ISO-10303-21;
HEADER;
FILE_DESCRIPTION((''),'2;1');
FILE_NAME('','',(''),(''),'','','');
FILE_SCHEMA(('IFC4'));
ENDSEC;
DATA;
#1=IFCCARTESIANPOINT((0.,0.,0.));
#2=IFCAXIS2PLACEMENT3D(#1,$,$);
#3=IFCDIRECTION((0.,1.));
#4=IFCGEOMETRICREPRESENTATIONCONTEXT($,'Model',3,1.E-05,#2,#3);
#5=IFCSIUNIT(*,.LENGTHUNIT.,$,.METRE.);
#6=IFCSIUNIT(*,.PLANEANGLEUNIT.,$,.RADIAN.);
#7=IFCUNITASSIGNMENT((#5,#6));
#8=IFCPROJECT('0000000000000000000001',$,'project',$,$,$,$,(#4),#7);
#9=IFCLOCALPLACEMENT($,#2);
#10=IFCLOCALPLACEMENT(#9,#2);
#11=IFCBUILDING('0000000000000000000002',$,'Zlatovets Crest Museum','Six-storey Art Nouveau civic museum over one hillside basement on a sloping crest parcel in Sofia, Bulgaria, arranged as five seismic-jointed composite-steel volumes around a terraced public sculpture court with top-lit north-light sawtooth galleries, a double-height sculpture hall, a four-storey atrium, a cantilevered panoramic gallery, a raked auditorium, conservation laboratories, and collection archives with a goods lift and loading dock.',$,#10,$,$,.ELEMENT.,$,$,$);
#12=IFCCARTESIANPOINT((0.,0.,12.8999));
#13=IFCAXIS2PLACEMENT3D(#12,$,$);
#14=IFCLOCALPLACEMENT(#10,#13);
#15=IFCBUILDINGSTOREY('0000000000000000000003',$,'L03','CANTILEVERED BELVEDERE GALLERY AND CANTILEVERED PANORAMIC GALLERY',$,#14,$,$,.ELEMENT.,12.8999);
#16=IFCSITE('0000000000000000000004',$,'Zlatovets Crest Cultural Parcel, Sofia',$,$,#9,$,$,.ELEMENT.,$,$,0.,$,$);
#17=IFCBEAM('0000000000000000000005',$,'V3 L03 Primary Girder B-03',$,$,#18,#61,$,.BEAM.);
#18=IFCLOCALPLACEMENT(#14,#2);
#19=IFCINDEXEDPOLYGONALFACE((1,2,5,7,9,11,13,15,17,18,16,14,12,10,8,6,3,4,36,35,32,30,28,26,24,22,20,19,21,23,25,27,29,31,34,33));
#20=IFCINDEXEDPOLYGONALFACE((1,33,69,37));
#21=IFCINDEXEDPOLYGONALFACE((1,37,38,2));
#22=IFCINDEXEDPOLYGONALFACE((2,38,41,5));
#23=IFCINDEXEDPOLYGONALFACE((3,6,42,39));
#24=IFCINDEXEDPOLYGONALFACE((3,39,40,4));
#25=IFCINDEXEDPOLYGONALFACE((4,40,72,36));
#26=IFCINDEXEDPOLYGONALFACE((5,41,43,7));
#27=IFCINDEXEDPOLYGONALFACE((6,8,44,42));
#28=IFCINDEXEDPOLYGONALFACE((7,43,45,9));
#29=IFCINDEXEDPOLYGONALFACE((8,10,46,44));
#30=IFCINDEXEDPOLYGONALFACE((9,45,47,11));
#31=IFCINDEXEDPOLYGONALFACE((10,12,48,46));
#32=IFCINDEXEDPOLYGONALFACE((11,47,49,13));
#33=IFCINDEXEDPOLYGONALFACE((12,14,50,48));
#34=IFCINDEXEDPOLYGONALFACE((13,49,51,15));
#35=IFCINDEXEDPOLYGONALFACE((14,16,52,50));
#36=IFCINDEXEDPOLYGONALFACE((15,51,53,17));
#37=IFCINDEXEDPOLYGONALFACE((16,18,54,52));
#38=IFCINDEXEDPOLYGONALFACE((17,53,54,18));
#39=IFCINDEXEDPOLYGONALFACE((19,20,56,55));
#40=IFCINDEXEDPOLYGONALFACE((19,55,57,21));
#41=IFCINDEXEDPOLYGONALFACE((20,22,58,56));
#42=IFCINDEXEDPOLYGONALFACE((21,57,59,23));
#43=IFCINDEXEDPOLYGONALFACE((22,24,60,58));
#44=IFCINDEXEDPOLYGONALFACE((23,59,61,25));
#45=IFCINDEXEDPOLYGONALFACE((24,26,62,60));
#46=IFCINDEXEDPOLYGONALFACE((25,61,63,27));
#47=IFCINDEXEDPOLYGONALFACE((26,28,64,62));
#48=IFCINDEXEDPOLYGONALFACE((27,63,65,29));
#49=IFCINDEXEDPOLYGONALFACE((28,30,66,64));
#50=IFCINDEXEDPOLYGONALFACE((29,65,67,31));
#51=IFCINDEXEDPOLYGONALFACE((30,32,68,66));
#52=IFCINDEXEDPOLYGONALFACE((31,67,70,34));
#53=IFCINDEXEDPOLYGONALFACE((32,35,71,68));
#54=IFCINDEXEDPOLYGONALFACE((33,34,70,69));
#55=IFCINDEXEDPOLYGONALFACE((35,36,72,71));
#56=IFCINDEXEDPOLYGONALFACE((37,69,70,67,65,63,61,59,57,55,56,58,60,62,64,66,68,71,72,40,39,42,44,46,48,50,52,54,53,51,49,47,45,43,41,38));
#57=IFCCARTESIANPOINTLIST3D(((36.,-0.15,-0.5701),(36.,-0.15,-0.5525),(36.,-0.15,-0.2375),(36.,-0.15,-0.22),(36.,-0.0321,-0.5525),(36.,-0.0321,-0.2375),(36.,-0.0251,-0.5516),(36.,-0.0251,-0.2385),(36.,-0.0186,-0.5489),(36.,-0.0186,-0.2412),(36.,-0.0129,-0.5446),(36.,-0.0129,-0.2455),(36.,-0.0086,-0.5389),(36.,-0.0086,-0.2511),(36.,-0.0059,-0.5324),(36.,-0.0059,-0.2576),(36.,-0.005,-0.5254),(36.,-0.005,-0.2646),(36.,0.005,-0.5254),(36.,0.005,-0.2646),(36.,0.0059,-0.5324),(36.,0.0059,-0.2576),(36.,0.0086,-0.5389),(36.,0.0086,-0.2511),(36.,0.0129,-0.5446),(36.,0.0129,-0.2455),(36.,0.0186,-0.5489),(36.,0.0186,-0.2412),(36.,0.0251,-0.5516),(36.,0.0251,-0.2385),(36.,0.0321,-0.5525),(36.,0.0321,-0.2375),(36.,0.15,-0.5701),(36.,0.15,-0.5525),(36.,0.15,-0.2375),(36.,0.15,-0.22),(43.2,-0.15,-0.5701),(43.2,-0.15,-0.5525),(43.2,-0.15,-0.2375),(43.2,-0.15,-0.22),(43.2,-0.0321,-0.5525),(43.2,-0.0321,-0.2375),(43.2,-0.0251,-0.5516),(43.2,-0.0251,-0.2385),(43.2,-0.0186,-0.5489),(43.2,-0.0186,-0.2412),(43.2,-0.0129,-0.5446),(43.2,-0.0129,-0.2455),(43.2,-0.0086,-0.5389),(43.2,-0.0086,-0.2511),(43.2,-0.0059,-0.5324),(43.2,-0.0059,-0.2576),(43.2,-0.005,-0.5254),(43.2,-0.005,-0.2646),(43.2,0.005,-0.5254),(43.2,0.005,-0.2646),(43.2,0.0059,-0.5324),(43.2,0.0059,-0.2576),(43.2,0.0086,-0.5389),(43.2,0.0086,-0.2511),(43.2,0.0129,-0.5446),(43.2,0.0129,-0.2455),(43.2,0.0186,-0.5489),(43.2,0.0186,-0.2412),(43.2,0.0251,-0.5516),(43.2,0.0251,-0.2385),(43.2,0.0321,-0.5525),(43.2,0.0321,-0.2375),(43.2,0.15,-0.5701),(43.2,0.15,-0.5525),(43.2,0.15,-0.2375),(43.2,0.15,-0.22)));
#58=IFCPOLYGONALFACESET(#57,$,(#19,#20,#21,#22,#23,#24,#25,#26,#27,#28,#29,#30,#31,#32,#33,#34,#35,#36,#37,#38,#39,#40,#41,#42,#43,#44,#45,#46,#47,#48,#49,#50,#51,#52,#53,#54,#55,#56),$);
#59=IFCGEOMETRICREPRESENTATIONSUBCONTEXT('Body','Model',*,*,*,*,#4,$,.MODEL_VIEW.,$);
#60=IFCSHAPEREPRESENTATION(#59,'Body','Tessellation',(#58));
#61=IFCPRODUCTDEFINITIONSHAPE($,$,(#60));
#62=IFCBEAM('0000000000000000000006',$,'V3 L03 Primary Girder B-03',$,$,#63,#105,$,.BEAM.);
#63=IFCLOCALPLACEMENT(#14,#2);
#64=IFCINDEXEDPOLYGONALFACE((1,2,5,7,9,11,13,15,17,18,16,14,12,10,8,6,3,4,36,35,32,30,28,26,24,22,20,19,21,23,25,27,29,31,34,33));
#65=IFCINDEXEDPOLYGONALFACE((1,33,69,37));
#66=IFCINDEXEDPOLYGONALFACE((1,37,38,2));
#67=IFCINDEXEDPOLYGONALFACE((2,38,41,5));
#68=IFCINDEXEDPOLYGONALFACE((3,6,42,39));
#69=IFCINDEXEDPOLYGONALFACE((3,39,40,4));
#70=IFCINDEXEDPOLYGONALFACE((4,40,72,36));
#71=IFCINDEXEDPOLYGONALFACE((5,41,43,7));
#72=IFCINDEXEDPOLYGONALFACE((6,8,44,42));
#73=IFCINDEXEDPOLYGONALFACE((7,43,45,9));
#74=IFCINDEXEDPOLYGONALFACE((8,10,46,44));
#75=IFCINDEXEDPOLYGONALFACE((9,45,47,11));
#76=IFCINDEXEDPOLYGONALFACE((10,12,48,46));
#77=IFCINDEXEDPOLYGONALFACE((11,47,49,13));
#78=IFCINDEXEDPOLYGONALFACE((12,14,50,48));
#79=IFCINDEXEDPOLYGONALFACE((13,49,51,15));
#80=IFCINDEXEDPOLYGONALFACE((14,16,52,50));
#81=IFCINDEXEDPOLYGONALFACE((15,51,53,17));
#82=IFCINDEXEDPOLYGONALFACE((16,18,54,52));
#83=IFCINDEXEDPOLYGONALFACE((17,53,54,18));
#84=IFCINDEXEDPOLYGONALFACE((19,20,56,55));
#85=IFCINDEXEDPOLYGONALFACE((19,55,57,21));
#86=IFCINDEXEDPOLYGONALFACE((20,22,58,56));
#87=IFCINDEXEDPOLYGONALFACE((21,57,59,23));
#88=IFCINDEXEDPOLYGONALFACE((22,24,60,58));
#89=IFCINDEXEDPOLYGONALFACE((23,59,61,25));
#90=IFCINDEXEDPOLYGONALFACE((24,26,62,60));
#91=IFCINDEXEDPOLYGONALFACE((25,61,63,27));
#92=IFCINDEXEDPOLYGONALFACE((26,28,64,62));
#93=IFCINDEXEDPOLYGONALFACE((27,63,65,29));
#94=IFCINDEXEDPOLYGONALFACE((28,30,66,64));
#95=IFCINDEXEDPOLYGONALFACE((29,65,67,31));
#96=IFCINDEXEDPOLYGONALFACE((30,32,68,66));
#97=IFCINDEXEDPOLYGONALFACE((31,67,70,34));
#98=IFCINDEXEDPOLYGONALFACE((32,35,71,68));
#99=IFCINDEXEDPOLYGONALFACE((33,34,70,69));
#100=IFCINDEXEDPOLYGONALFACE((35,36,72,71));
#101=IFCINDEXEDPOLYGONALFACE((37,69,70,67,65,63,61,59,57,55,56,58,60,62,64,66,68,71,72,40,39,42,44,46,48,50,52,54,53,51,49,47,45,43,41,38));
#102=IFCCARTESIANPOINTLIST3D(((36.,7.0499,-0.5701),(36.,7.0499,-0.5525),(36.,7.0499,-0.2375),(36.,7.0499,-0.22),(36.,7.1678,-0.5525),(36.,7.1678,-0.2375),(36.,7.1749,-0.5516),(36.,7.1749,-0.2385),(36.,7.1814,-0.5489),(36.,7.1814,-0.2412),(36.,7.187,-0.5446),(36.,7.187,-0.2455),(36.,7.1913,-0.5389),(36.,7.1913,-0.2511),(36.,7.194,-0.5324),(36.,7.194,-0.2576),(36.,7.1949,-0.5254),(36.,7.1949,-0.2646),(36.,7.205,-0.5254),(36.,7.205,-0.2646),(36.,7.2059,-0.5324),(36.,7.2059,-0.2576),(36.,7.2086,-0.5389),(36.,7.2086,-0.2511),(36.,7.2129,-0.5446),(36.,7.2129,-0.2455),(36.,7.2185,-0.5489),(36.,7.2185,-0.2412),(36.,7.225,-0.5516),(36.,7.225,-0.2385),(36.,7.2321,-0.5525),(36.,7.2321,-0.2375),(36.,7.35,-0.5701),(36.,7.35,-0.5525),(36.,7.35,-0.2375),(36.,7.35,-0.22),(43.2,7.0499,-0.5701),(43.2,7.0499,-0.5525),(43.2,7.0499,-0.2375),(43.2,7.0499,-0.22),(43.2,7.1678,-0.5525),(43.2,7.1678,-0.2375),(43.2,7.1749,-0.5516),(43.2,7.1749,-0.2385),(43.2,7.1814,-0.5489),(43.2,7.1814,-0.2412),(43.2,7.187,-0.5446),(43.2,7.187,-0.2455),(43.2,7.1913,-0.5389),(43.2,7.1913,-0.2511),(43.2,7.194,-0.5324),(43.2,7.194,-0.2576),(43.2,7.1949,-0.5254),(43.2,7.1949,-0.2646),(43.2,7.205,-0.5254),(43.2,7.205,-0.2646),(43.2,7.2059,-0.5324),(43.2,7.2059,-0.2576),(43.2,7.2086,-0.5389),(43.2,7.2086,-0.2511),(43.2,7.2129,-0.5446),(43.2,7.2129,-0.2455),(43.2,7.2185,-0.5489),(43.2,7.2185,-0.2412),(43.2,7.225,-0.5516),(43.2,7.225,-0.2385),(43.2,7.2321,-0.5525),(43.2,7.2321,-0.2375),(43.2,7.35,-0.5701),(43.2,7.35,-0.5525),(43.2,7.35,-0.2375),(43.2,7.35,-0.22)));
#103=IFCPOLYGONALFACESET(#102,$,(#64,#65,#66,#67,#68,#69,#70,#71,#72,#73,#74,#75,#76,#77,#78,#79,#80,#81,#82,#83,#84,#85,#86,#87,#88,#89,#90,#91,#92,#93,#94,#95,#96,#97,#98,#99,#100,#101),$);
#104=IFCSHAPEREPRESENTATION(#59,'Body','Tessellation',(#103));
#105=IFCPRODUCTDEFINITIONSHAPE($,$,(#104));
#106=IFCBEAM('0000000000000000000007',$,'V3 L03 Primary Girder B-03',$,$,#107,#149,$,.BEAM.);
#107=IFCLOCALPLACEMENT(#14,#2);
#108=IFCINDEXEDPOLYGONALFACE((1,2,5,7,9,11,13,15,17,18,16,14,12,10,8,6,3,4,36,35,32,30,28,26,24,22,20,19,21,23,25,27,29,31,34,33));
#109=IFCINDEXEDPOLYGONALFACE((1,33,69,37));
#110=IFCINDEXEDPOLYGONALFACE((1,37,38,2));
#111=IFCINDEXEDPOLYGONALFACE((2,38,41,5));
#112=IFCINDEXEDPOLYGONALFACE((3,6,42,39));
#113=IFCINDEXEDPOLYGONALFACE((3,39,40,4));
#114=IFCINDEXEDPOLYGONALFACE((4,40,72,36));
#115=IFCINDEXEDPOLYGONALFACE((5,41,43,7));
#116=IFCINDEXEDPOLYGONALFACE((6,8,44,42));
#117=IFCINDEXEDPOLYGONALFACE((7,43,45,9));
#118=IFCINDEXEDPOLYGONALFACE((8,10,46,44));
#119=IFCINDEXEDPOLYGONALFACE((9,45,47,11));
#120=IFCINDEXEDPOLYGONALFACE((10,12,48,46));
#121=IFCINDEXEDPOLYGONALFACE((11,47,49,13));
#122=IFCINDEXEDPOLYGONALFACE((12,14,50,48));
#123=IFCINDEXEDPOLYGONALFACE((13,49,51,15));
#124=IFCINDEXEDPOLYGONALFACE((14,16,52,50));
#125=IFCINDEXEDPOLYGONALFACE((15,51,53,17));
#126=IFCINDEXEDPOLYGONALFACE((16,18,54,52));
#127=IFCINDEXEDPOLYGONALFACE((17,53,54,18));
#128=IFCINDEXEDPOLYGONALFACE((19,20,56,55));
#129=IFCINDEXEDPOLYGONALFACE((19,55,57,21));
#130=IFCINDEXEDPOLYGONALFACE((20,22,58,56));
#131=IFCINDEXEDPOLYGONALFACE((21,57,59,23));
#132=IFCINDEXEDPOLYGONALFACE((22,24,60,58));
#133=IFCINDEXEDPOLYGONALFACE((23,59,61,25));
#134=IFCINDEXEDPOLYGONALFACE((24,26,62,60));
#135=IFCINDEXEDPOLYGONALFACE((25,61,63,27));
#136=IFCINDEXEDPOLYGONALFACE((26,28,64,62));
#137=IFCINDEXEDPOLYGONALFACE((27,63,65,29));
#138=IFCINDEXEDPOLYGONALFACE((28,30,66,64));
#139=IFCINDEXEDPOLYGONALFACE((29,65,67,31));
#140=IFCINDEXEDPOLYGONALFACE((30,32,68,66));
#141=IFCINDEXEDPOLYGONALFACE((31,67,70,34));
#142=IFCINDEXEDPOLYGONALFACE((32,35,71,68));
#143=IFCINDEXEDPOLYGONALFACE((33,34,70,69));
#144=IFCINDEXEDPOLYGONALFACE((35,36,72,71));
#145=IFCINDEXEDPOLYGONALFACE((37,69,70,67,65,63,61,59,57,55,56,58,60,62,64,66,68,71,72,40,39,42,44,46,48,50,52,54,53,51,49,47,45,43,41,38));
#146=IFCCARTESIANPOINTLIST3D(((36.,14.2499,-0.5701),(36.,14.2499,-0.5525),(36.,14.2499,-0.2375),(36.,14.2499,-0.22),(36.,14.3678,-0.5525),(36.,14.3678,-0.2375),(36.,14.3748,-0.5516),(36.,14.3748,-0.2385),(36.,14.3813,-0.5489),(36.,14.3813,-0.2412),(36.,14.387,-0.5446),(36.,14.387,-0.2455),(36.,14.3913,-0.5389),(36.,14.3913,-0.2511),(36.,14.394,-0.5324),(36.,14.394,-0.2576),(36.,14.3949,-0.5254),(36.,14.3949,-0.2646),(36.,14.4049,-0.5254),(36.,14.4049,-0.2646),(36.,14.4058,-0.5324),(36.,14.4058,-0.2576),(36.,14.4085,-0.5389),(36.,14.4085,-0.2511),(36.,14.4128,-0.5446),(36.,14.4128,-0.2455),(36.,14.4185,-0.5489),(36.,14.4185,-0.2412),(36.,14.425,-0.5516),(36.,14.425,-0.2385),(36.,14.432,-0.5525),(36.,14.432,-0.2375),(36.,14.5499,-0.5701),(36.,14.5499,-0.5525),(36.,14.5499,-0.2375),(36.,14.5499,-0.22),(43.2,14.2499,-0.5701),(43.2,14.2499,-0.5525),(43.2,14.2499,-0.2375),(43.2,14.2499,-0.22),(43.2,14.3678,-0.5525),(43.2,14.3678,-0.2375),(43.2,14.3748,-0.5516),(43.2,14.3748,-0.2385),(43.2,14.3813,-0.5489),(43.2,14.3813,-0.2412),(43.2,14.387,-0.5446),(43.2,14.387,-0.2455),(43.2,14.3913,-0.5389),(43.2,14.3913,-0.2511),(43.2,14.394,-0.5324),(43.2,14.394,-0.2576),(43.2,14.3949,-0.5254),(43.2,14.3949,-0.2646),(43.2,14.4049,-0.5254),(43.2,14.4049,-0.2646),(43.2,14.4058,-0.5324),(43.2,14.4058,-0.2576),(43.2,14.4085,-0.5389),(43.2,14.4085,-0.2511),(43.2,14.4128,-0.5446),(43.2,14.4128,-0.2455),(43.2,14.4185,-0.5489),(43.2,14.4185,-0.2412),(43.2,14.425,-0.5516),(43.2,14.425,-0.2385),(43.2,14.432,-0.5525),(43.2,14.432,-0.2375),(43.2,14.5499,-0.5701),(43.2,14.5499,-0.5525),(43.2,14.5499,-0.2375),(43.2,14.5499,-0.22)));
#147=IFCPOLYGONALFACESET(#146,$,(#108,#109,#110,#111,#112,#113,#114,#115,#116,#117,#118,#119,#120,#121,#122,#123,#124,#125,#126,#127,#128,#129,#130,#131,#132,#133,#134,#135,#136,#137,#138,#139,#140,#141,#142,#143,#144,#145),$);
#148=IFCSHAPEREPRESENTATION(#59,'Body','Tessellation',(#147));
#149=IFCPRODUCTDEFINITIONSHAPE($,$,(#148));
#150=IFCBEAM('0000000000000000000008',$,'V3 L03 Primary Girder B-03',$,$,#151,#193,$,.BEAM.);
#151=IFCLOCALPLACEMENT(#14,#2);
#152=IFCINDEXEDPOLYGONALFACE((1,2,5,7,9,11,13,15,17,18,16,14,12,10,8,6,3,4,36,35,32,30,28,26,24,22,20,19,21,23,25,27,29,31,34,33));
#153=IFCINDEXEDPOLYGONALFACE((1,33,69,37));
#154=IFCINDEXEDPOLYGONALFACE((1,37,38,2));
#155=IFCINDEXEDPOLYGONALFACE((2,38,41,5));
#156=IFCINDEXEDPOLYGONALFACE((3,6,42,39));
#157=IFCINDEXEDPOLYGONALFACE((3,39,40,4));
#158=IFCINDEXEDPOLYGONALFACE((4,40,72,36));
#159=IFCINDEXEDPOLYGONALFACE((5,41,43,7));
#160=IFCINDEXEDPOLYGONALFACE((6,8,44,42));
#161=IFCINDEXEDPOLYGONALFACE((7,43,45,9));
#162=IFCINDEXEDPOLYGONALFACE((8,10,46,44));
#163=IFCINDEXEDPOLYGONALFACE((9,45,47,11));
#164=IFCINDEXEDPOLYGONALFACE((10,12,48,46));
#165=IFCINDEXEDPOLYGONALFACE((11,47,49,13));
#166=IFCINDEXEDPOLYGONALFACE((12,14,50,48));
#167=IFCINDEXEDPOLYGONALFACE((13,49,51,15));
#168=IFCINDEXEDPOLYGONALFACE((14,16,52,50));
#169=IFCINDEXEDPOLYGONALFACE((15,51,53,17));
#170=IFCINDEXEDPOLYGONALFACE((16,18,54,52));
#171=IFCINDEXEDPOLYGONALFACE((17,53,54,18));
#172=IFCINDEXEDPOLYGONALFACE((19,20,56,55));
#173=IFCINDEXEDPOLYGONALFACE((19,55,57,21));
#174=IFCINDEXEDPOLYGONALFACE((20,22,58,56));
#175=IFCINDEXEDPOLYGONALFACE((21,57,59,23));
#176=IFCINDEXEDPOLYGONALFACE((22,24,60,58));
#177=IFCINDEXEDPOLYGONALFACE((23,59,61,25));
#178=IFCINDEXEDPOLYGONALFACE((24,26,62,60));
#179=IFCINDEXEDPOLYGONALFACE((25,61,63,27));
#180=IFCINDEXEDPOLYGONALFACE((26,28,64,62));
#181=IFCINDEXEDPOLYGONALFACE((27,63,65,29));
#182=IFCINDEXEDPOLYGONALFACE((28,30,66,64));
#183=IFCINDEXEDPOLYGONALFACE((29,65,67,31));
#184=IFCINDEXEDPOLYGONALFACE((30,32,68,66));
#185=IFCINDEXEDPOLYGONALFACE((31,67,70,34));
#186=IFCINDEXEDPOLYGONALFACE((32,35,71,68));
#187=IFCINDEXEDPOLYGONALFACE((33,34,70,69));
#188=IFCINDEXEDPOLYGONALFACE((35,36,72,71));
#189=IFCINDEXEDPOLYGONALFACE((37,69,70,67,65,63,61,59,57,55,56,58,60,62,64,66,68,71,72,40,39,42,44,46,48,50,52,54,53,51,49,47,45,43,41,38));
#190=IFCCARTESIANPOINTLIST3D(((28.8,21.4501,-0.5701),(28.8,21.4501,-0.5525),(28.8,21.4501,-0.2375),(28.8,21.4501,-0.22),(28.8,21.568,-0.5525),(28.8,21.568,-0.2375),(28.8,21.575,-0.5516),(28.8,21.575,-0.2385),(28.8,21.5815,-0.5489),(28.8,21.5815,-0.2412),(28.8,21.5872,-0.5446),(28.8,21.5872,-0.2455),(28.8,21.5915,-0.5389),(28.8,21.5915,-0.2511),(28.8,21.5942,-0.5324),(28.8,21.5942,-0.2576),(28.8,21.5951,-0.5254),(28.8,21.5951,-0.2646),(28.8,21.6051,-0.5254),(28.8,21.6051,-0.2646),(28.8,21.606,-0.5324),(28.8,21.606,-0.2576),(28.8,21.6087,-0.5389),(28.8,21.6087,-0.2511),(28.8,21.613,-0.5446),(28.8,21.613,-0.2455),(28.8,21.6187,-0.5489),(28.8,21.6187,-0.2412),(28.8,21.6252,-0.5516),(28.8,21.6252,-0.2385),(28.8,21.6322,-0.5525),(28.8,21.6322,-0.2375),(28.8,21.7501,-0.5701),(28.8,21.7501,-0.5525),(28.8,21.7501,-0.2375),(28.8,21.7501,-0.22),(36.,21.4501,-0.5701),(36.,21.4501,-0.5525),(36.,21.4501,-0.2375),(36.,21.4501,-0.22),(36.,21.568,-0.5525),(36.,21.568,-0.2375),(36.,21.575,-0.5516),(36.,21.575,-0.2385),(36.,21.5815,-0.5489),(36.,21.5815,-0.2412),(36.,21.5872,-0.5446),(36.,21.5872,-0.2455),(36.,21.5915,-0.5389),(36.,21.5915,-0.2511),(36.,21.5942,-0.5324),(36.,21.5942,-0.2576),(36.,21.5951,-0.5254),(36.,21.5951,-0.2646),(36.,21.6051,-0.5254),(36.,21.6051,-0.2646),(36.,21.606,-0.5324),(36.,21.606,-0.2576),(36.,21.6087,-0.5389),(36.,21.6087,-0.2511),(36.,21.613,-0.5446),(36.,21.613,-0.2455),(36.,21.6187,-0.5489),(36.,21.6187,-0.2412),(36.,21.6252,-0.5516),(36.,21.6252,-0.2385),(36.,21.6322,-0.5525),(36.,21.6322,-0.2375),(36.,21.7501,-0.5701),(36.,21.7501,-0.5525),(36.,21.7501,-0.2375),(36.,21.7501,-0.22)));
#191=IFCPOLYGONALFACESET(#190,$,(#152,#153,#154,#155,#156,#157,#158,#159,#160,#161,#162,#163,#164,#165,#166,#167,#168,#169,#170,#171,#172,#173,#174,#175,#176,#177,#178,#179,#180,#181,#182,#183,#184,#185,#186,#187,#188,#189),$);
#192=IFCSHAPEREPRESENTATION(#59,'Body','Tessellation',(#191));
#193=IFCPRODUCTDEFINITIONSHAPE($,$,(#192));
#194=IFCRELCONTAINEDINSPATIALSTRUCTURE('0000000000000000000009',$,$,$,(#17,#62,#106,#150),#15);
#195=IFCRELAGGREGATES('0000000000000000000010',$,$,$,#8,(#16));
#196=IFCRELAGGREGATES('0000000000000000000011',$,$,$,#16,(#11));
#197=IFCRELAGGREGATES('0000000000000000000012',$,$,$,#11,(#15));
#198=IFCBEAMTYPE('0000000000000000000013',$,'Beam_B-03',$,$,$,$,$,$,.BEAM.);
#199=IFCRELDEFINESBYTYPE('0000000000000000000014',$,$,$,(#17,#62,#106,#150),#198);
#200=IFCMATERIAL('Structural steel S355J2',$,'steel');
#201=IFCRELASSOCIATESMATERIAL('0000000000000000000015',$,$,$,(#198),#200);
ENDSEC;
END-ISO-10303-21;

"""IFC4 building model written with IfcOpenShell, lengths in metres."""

from ifc_helpers import new_model, si_unit, direction, frame, origin, origin_2d, place, context, subcontext, project, spatial, i_section, extrude, material, material_profile, profile_set, type_object, element, save


model = new_model("IFC4")

# Units and contexts
model_context = context("Model", 3, precision=1e-05, world=origin(), true_north=direction((0.0, 1.0)))
body_context = subcontext(model_context, "Body", "Model", "MODEL_VIEW")
ifc_project = project(units=[si_unit("LENGTHUNIT", "METRE"), si_unit("PLANEANGLEUNIT", "RADIAN")], contexts=[model_context])

# Site, building, storey
site_placement = place(None, origin())
site = spatial("IfcSite", under=ifc_project, at=site_placement, Name="Zlatovets Crest Cultural Parcel, Sofia", CompositionType="ELEMENT", RefElevation=0.0)
building_placement = place(site_placement, origin())
building = spatial("IfcBuilding", under=site, at=building_placement, Name="Zlatovets Crest Museum", Description="Six-storey Art Nouveau civic museum over one hillside basement on a sloping crest parcel in Sofia, Bulgaria, arranged as five seismic-jointed composite-steel volumes around a terraced public sculpture court with top-lit north-light sawtooth galleries, a double-height sculpture hall, a four-storey atrium, a cantilevered panoramic gallery, a raked auditorium, conservation laboratories, and collection archives with a goods lift and loading dock.", CompositionType="ELEMENT")
storey_placement = place(building_placement, frame((0.0, 0.0, 12.8999)))
storey = spatial("IfcBuildingStorey", under=building, at=storey_placement, Name="L03", Description="CANTILEVERED BELVEDERE GALLERY AND CANTILEVERED PANORAMIC GALLERY", CompositionType="ELEMENT", Elevation=12.8999)

# Beams
ifc_material_1 = material(Name="Structural steel S355J2", Category="steel")
ifc_material_profile_1 = material_profile(ifc_material_1, i_section(OverallWidth=0.3, OverallDepth=0.3501, WebThickness=0.01, FlangeThickness=0.0176, FilletRadius=0.0271, at=origin_2d()), Name="HEA 360")
ifc_profile_set_1 = profile_set([ifc_material_profile_1], Name="Structural steel S355J2")
beam_type_1 = type_object("IfcBeamType", Name="Beam_B-03", PredefinedType="BEAM", material=ifc_profile_set_1)
for number, where, z_axis, x_axis, name in (
    (1, (36.0, 0.0, -0.395), (1.0, 0.0, 0.0), (0.0, 1.0, 0.0), "V3 L03 Primary Girder B-03"),
    (2, (36.0, 7.2, -0.395), (1.0, 0.0, 0.0), (0.0, 1.0, 0.0), "V3 L03 Primary Girder B-03"),
    (3, (36.0, 14.3999, -0.395), (1.0, 0.0, 0.0), (0.0, 1.0, 0.0), "V3 L03 Primary Girder B-03"),
    (4, (28.8, 21.6001, -0.395), (1.0, 0.0, 0.0), (0.0, 1.0, 0.0), "V3 L03 Primary Girder B-03"),
):
    element("IfcBeam", number, at=place(storey_placement, frame(where, z_axis=z_axis, x_axis=x_axis)), inside=storey, type_object=beam_type_1, Name=name, PredefinedType="BEAM", context=body_context, shape_type="SweptSolid", body=[
        extrude(i_section(OverallWidth=0.3, OverallDepth=0.3501, WebThickness=0.01, FlangeThickness=0.0176, FilletRadius=0.0271, at=origin_2d()), origin(), (0.0, 0.0, 1.0), 7.2),
    ])

save(model, "model.ifc")
